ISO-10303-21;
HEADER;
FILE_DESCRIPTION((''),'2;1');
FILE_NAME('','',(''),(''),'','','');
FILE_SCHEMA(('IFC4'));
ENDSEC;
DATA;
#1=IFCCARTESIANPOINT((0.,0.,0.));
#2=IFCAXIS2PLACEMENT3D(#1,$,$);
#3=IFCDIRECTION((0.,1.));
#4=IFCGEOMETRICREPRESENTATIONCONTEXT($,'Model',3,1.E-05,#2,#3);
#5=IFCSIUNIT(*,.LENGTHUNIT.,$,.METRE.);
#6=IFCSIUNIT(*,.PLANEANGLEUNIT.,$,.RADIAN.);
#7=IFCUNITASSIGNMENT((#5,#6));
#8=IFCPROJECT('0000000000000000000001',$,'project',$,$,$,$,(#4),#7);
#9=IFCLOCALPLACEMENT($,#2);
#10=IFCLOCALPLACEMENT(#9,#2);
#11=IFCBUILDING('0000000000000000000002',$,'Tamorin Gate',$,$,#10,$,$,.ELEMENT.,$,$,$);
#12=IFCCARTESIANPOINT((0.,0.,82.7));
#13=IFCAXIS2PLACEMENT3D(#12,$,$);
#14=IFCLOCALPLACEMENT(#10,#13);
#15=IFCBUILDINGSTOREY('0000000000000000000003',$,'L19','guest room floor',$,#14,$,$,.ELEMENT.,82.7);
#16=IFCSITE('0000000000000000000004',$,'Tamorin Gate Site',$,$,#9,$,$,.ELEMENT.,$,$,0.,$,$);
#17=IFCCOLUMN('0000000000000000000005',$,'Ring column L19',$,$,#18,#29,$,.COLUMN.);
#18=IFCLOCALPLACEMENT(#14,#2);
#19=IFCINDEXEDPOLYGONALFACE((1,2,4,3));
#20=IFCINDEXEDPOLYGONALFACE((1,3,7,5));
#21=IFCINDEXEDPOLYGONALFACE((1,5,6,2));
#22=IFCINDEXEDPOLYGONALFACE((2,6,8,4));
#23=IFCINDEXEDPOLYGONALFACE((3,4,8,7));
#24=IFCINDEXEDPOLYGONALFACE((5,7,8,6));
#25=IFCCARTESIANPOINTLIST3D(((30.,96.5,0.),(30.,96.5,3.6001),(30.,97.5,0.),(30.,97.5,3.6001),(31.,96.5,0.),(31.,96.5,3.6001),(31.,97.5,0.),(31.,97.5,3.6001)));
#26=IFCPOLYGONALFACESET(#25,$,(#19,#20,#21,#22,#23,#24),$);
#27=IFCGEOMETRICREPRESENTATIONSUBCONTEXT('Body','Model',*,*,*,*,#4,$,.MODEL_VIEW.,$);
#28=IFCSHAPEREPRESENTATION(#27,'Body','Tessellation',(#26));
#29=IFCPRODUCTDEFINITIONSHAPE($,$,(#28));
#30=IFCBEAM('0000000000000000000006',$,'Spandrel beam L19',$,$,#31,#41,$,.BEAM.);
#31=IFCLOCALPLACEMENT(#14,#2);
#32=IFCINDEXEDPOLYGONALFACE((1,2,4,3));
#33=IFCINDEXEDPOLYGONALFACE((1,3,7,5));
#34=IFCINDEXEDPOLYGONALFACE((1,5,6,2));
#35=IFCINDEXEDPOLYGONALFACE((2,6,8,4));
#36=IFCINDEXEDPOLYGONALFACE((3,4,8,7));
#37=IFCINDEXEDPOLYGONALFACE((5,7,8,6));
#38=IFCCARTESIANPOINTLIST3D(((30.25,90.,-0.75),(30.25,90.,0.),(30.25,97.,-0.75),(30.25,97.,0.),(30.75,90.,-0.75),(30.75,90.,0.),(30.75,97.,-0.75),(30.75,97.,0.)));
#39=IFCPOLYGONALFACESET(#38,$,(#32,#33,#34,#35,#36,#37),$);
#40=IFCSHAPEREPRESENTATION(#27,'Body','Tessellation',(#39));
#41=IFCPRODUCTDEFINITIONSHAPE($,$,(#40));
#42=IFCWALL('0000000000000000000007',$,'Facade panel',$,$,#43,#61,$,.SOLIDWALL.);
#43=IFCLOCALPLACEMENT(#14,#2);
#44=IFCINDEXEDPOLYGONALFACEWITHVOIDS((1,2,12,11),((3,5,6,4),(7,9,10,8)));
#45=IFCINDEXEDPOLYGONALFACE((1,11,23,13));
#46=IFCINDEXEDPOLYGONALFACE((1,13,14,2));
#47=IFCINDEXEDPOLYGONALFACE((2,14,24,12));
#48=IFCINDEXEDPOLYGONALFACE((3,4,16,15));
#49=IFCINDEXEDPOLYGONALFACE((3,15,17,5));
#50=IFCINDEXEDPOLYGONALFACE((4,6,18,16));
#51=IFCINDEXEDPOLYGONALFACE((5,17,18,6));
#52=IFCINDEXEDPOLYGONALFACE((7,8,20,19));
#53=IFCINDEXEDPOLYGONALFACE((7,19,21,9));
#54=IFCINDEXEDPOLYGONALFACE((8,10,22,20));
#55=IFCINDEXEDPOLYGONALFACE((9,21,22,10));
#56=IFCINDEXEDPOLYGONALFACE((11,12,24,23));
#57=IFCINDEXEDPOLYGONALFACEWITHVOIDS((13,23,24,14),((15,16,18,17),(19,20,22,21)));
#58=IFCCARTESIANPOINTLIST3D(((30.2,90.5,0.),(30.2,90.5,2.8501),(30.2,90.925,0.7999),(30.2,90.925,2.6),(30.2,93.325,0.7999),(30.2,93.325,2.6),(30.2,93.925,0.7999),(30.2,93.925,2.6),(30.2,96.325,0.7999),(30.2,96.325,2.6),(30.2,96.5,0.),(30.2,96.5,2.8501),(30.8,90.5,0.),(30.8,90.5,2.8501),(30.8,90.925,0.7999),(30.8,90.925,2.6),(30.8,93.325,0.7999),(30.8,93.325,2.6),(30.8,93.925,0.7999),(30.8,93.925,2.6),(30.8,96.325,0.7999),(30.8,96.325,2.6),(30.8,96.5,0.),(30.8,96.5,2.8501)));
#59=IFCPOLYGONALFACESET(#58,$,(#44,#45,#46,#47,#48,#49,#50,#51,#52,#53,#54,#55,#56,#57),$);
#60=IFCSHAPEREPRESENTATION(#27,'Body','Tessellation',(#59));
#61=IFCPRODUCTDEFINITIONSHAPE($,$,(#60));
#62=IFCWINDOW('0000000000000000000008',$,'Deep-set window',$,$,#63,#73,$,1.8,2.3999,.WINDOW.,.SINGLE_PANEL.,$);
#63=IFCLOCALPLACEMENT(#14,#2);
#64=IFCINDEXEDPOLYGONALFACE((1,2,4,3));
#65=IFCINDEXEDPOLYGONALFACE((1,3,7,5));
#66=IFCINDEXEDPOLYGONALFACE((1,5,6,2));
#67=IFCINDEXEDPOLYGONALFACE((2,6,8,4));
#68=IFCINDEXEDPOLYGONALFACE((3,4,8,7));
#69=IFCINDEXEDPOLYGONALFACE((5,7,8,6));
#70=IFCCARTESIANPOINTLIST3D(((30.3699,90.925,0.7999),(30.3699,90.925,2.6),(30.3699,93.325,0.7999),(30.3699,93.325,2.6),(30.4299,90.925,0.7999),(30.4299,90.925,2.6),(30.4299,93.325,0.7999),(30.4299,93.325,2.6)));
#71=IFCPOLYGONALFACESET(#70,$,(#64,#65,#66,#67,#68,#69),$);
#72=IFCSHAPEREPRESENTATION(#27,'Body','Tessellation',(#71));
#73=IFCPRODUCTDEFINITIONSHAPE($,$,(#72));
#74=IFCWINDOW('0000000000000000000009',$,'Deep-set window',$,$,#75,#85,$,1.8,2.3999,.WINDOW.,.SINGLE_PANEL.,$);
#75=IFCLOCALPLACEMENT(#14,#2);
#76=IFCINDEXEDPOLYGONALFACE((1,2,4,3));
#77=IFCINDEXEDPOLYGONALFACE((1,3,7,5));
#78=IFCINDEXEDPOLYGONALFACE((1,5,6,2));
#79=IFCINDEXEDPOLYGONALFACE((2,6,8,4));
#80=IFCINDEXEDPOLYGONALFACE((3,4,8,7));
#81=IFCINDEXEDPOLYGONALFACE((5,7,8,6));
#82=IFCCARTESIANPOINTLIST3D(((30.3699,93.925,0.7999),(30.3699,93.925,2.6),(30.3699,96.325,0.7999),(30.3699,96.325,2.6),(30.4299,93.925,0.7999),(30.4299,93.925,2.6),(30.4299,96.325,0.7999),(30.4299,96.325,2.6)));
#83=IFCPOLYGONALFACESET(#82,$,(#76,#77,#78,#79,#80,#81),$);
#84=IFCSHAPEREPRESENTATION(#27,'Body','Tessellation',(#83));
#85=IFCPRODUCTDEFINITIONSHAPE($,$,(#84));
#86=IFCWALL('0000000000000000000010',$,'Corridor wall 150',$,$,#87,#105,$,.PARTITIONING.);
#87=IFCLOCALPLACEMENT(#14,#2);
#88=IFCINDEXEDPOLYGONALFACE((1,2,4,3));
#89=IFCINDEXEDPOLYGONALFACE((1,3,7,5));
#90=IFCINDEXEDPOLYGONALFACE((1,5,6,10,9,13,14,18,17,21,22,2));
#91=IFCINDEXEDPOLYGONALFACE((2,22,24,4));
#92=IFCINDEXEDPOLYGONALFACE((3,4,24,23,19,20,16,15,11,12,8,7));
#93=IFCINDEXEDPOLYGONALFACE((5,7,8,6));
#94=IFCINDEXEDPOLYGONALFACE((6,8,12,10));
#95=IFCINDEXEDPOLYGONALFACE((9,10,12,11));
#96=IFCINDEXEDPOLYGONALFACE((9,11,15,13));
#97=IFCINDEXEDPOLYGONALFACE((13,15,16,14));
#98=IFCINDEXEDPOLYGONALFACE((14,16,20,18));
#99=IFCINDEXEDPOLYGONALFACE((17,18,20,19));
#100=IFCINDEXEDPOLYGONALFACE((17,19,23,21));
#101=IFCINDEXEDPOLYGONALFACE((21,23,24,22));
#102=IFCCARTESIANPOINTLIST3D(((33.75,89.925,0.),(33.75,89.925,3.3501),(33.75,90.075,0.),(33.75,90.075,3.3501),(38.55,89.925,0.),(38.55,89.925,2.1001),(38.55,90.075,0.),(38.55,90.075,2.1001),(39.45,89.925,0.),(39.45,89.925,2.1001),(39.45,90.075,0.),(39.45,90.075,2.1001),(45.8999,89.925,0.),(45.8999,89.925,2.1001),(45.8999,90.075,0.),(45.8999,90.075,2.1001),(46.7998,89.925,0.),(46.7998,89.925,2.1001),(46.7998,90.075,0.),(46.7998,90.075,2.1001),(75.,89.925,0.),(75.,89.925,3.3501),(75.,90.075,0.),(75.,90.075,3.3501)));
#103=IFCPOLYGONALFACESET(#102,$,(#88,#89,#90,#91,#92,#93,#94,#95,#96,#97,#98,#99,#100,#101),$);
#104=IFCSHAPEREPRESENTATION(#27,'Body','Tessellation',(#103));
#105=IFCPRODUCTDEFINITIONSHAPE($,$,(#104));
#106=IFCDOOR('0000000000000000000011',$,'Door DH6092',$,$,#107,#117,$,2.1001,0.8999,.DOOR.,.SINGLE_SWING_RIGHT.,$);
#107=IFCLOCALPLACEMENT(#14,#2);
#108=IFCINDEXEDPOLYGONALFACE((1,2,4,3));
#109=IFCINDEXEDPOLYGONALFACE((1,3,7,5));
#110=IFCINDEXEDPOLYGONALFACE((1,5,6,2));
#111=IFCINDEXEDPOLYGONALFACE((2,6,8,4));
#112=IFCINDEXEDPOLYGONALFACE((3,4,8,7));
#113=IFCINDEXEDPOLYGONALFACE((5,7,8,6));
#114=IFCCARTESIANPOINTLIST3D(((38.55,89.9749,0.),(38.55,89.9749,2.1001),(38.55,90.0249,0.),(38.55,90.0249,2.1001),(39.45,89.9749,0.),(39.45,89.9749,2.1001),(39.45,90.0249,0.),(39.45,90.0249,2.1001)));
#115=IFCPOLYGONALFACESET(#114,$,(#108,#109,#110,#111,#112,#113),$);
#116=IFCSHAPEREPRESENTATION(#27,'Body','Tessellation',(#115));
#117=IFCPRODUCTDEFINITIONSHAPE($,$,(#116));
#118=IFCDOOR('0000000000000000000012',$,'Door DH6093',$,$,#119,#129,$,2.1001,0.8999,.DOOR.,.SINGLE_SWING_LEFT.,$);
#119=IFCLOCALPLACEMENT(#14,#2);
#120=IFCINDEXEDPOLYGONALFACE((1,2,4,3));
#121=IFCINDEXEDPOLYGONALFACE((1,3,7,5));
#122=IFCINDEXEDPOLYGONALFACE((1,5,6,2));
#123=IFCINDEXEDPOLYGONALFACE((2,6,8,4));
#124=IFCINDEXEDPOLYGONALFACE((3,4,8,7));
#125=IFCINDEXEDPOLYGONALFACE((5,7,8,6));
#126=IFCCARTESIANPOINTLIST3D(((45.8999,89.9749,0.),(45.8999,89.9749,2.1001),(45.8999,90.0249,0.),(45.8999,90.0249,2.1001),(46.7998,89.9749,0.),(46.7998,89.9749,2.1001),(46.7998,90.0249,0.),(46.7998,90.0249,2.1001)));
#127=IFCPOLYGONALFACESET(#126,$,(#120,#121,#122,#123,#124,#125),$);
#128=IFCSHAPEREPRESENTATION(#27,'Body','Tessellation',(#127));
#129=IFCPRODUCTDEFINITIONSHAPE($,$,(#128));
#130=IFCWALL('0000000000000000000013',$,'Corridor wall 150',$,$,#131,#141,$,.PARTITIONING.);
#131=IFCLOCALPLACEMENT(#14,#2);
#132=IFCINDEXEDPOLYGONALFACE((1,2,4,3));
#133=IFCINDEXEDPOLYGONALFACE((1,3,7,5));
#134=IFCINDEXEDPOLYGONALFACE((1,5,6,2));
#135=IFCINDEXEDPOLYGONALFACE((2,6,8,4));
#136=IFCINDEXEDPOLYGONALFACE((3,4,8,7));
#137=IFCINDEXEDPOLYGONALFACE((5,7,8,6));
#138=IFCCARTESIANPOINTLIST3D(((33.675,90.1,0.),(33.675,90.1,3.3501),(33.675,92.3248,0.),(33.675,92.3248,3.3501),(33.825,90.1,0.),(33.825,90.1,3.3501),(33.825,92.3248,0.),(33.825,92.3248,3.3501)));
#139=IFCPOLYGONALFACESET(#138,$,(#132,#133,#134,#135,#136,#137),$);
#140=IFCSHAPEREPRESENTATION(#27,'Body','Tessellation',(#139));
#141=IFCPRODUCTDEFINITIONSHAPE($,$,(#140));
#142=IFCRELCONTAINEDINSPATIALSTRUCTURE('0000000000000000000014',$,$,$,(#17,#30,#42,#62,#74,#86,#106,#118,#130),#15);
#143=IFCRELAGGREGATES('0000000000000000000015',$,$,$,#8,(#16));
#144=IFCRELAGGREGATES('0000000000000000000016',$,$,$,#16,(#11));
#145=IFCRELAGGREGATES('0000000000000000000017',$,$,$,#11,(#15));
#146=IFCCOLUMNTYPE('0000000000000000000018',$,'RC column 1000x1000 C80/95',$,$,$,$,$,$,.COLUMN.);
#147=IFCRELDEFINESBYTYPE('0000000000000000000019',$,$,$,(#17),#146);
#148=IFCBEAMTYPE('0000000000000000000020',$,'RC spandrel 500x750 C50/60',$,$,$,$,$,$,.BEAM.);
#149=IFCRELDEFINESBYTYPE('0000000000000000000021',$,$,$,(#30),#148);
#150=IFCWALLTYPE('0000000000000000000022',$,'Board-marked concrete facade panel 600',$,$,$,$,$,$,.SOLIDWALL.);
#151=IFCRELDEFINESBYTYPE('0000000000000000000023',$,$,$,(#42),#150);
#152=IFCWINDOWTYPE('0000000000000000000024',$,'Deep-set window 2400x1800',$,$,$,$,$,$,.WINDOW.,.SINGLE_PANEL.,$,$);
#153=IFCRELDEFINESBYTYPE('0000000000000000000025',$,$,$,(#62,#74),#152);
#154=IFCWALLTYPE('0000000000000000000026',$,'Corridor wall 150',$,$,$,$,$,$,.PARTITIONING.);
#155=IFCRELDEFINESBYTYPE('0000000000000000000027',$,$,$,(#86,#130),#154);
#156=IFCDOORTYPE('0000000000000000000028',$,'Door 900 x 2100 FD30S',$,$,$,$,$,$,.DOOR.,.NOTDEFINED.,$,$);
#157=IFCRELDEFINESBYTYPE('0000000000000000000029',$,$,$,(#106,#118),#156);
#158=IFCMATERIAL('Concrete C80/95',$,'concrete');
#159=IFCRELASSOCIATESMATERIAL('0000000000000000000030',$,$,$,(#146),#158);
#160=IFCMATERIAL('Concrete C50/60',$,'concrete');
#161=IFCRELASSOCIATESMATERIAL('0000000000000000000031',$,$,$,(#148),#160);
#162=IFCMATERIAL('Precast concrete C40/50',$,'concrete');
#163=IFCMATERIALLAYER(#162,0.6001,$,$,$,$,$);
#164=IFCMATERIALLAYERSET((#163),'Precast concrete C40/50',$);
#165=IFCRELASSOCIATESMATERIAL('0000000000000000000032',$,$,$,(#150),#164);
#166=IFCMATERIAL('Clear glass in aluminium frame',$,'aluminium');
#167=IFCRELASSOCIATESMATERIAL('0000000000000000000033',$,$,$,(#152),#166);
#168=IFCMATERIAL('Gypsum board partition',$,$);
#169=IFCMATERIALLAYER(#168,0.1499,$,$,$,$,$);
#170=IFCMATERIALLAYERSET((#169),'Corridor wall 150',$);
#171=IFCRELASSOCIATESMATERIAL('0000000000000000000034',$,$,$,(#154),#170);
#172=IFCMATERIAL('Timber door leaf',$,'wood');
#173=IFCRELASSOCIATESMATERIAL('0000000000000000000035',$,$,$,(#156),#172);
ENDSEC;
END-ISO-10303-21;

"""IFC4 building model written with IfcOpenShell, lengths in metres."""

from ifc_helpers import new_model, si_unit, direction, frame, frame_2d, origin, origin_2d, place, context, subcontext, project, spatial, rectangle, extrude, material, layer, layer_set, material_profile, profile_set, type_object, element, fill, save


model = new_model("IFC4")

# Units and contexts
model_context = context("Model", 3, precision=1e-05, world=origin(), true_north=direction((0.0, 1.0)))
body_context = subcontext(model_context, "Body", "Model", "MODEL_VIEW")
ifc_project = project(units=[si_unit("LENGTHUNIT", "METRE"), si_unit("PLANEANGLEUNIT", "RADIAN")], contexts=[model_context])

# Site, building, storey
site_placement = place(None, origin())
site = spatial("IfcSite", under=ifc_project, at=site_placement, Name="Tamorin Gate Site", CompositionType="ELEMENT", RefElevation=0.0)
building_placement = place(site_placement, origin())
building = spatial("IfcBuilding", under=site, at=building_placement, Name="Tamorin Gate", CompositionType="ELEMENT")
storey_placement = place(building_placement, frame((0.0, 0.0, 82.7)))
storey = spatial("IfcBuildingStorey", under=building, at=storey_placement, Name="L19", Description="guest room floor", CompositionType="ELEMENT", Elevation=82.7)

# Column
ifc_material_1 = material(Name="Concrete C80/95", Category="concrete")
ifc_material_profile_1 = material_profile(ifc_material_1, rectangle(XDim=1.0, YDim=1.0, at=origin_2d()), Name="RC 1000x1000")
ifc_profile_set_1 = profile_set([ifc_material_profile_1], Name="Concrete C80/95")
column_type = type_object("IfcColumnType", Name="RC column 1000x1000 C80/95", PredefinedType="COLUMN", material=ifc_profile_set_1)
column_placement = place(storey_placement, frame((30.5, 97.0, 0.0), z_axis=(0.0, 0.0, 1.0), x_axis=(1.0, 0.0, 0.0)))
element("IfcColumn", 1, at=column_placement, inside=storey, type_object=column_type, Name="Ring column L19", PredefinedType="COLUMN", context=body_context, shape_type="SweptSolid", body=[
    extrude(rectangle(XDim=1.0, YDim=1.0, at=origin_2d()), origin(), (0.0, 0.0, 1.0), 3.6001),
])

# Beam
ifc_material_2 = material(Name="Concrete C50/60", Category="concrete")
ifc_material_profile_2 = material_profile(ifc_material_2, rectangle(XDim=0.5, YDim=0.75, at=origin_2d()), Name="RC 500x750")
ifc_profile_set_2 = profile_set([ifc_material_profile_2], Name="Concrete C50/60")
beam_type = type_object("IfcBeamType", Name="RC spandrel 500x750 C50/60", PredefinedType="BEAM", material=ifc_profile_set_2)
beam_placement = place(storey_placement, frame((30.5, 97.0, -0.375), z_axis=(0.0, -1.0, 0.0), x_axis=(1.0, 0.0, 0.0)))
element("IfcBeam", 2, at=beam_placement, inside=storey, type_object=beam_type, Name="Spandrel beam L19", PredefinedType="BEAM", context=body_context, shape_type="SweptSolid", body=[
    extrude(rectangle(XDim=0.5, YDim=0.75, at=origin_2d()), origin(), (0.0, 0.0, 1.0), 7.0),
])

# Wall, openings, windows
ifc_material_3 = material(Name="Precast concrete C40/50", Category="concrete")
ifc_layer_1 = layer(ifc_material_3, 0.6001)
ifc_layer_set_1 = layer_set([ifc_layer_1], Name="Precast concrete C40/50")
wall_type_1 = type_object("IfcWallType", Name="Board-marked concrete facade panel 600", PredefinedType="SOLIDWALL", material=ifc_layer_set_1)
wall_1_placement = place(storey_placement, frame((30.5, 96.5, 0.0), z_axis=(0.0, 0.0, 1.0), x_axis=(0.0, -1.0, 0.0)))
wall_1 = element("IfcWall", 3, at=wall_1_placement, inside=storey, type_object=wall_type_1, Name="Facade panel", PredefinedType="SOLIDWALL", context=body_context, shape_type="SweptSolid", body=[
    extrude(rectangle(XDim=6.0, YDim=0.6001, at=frame_2d((3.0, 0.0))), origin(), (0.0, 0.0, 1.0), 2.8501),
])
opening_1_placement = place(wall_1_placement, frame((3.175, 0.0, 0.8)))
opening_1 = element("IfcOpeningElement", 4, at=opening_1_placement, cuts=wall_1, PredefinedType="OPENING", context=body_context, shape_type="SweptSolid", body=[
    extrude(rectangle(XDim=2.3999, YDim=1.8, at=frame_2d((1.2, 0.8999))), frame((0.0, 0.3101, 0.0), z_axis=(0.0, -1.0, 0.0), x_axis=(1.0, 0.0, 0.0)), (0.0, 0.0, 1.0), 0.6201),
])
opening_2_placement = place(wall_1_placement, frame((0.175, 0.0, 0.8)))
opening_2 = element("IfcOpeningElement", 5, at=opening_2_placement, cuts=wall_1, PredefinedType="OPENING", context=body_context, shape_type="SweptSolid", body=[
    extrude(rectangle(XDim=2.3999, YDim=1.8, at=frame_2d((1.2, 0.8999))), frame((0.0, 0.3101, 0.0), z_axis=(0.0, -1.0, 0.0), x_axis=(1.0, 0.0, 0.0)), (0.0, 0.0, 1.0), 0.6201),
])
ifc_material_4 = material(Name="Clear glass in aluminium frame", Category="aluminium")
window_type = type_object("IfcWindowType", Name="Deep-set window 2400x1800", PartitioningType="SINGLE_PANEL", PredefinedType="WINDOW", material=ifc_material_4)
window_1_placement = place(opening_1_placement, origin())
window_1 = element("IfcWindow", 6, at=window_1_placement, inside=storey, type_object=window_type, Name="Deep-set window", OverallHeight=1.8, OverallWidth=2.3999, PartitioningType="SINGLE_PANEL", PredefinedType="WINDOW", context=body_context, shape_type="SweptSolid", body=[
    extrude(rectangle(XDim=2.3999, YDim=1.8, at=frame_2d((1.2, 0.8999))), frame((0.0, -0.0701, 0.0), z_axis=(0.0, -1.0, 0.0), x_axis=(1.0, 0.0, 0.0)), (0.0, 0.0, 1.0), 0.0601),
])
fill(opening_1, window_1)
window_2_placement = place(opening_2_placement, origin())
window_2 = element("IfcWindow", 7, at=window_2_placement, inside=storey, type_object=window_type, Name="Deep-set window", OverallHeight=1.8, OverallWidth=2.3999, PartitioningType="SINGLE_PANEL", PredefinedType="WINDOW", context=body_context, shape_type="SweptSolid", body=[
    extrude(rectangle(XDim=2.3999, YDim=1.8, at=frame_2d((1.2, 0.8999))), frame((0.0, -0.0701, 0.0), z_axis=(0.0, -1.0, 0.0), x_axis=(1.0, 0.0, 0.0)), (0.0, 0.0, 1.0), 0.0601),
])
fill(opening_2, window_2)

# Wall, openings, doors
ifc_material_5 = material(Name="Gypsum board partition")
ifc_layer_2 = layer(ifc_material_5, 0.1499)
ifc_layer_set_2 = layer_set([ifc_layer_2], Name="Corridor wall 150")
wall_type_2 = type_object("IfcWallType", Name="Corridor wall 150", PredefinedType="PARTITIONING", material=ifc_layer_set_2)
wall_2_placement = place(storey_placement, frame((33.75, 90.0, 0.0), z_axis=(0.0, 0.0, 1.0), x_axis=(1.0, 0.0, 0.0)))
wall_2 = element("IfcWall", 8, at=wall_2_placement, inside=storey, type_object=wall_type_2, Name="Corridor wall 150", PredefinedType="PARTITIONING", context=body_context, shape_type="SweptSolid", body=[
    extrude(rectangle(XDim=41.25, YDim=0.1499, at=frame_2d((20.625, 0.0))), origin(), (0.0, 0.0, 1.0), 3.3501),
])
opening_3_placement = place(wall_2_placement, frame((4.8, 0.0, 0.0)))
opening_3 = element("IfcOpeningElement", 9, at=opening_3_placement, cuts=wall_2, PredefinedType="OPENING", context=body_context, shape_type="SweptSolid", body=[
    extrude(rectangle(XDim=0.8999, YDim=2.1001, at=frame_2d((0.45, 1.05))), frame((0.0, 0.085, 0.0), z_axis=(0.0, -1.0, 0.0), x_axis=(1.0, 0.0, 0.0)), (0.0, 0.0, 1.0), 0.1699),
])
opening_4_placement = place(wall_2_placement, frame((12.1499, 0.0, 0.0)))
opening_4 = element("IfcOpeningElement", 10, at=opening_4_placement, cuts=wall_2, PredefinedType="OPENING", context=body_context, shape_type="SweptSolid", body=[
    extrude(rectangle(XDim=0.8999, YDim=2.1001, at=frame_2d((0.45, 1.05))), frame((0.0, 0.085, 0.0), z_axis=(0.0, -1.0, 0.0), x_axis=(1.0, 0.0, 0.0)), (0.0, 0.0, 1.0), 0.1699),
])
ifc_material_6 = material(Name="Timber door leaf", Category="wood")
door_type_1 = type_object("IfcDoorType", Name="Door 900 x 2100 FD30S", OperationType="NOTDEFINED", PredefinedType="DOOR", material=ifc_material_6)
door_1_placement = place(opening_3_placement, origin())
door_1 = element("IfcDoor", 11, at=door_1_placement, inside=storey, type_object=door_type_1, Name="Door DH6092", OperationType="SINGLE_SWING_RIGHT", OverallHeight=2.1001, OverallWidth=0.8999, PredefinedType="DOOR", context=body_context, shape_type="SweptSolid", body=[
    extrude(rectangle(XDim=0.8999, YDim=2.1001, at=frame_2d((0.45, 1.05))), frame((0.0, 0.0249, 0.0), z_axis=(0.0, -1.0, 0.0), x_axis=(1.0, 0.0, 0.0)), (0.0, 0.0, 1.0), 0.05),
])
fill(opening_3, door_1)
door_2_placement = place(opening_4_placement, origin())
door_2 = element("IfcDoor", 12, at=door_2_placement, inside=storey, type_object=door_type_1, Name="Door DH6093", OperationType="SINGLE_SWING_LEFT", OverallHeight=2.1001, OverallWidth=0.8999, PredefinedType="DOOR", context=body_context, shape_type="SweptSolid", body=[
    extrude(rectangle(XDim=0.8999, YDim=2.1001, at=frame_2d((0.45, 1.05))), frame((0.0, 0.0249, 0.0), z_axis=(0.0, -1.0, 0.0), x_axis=(1.0, 0.0, 0.0)), (0.0, 0.0, 1.0), 0.05),
])
fill(opening_4, door_2)

# Wall
wall_3_placement = place(storey_placement, frame((33.75, 90.1001, 0.0), z_axis=(0.0, 0.0, 1.0), x_axis=(0.0, 1.0, 0.0)))
element("IfcWall", 13, at=wall_3_placement, inside=storey, type_object=wall_type_2, Name="Corridor wall 150", PredefinedType="PARTITIONING", context=body_context, shape_type="SweptSolid", body=[
    extrude(rectangle(XDim=2.2249, YDim=0.1499, at=frame_2d((1.1123, 0.0))), origin(), (0.0, 0.0, 1.0), 3.3501),
])

save(model, "model.ifc")
